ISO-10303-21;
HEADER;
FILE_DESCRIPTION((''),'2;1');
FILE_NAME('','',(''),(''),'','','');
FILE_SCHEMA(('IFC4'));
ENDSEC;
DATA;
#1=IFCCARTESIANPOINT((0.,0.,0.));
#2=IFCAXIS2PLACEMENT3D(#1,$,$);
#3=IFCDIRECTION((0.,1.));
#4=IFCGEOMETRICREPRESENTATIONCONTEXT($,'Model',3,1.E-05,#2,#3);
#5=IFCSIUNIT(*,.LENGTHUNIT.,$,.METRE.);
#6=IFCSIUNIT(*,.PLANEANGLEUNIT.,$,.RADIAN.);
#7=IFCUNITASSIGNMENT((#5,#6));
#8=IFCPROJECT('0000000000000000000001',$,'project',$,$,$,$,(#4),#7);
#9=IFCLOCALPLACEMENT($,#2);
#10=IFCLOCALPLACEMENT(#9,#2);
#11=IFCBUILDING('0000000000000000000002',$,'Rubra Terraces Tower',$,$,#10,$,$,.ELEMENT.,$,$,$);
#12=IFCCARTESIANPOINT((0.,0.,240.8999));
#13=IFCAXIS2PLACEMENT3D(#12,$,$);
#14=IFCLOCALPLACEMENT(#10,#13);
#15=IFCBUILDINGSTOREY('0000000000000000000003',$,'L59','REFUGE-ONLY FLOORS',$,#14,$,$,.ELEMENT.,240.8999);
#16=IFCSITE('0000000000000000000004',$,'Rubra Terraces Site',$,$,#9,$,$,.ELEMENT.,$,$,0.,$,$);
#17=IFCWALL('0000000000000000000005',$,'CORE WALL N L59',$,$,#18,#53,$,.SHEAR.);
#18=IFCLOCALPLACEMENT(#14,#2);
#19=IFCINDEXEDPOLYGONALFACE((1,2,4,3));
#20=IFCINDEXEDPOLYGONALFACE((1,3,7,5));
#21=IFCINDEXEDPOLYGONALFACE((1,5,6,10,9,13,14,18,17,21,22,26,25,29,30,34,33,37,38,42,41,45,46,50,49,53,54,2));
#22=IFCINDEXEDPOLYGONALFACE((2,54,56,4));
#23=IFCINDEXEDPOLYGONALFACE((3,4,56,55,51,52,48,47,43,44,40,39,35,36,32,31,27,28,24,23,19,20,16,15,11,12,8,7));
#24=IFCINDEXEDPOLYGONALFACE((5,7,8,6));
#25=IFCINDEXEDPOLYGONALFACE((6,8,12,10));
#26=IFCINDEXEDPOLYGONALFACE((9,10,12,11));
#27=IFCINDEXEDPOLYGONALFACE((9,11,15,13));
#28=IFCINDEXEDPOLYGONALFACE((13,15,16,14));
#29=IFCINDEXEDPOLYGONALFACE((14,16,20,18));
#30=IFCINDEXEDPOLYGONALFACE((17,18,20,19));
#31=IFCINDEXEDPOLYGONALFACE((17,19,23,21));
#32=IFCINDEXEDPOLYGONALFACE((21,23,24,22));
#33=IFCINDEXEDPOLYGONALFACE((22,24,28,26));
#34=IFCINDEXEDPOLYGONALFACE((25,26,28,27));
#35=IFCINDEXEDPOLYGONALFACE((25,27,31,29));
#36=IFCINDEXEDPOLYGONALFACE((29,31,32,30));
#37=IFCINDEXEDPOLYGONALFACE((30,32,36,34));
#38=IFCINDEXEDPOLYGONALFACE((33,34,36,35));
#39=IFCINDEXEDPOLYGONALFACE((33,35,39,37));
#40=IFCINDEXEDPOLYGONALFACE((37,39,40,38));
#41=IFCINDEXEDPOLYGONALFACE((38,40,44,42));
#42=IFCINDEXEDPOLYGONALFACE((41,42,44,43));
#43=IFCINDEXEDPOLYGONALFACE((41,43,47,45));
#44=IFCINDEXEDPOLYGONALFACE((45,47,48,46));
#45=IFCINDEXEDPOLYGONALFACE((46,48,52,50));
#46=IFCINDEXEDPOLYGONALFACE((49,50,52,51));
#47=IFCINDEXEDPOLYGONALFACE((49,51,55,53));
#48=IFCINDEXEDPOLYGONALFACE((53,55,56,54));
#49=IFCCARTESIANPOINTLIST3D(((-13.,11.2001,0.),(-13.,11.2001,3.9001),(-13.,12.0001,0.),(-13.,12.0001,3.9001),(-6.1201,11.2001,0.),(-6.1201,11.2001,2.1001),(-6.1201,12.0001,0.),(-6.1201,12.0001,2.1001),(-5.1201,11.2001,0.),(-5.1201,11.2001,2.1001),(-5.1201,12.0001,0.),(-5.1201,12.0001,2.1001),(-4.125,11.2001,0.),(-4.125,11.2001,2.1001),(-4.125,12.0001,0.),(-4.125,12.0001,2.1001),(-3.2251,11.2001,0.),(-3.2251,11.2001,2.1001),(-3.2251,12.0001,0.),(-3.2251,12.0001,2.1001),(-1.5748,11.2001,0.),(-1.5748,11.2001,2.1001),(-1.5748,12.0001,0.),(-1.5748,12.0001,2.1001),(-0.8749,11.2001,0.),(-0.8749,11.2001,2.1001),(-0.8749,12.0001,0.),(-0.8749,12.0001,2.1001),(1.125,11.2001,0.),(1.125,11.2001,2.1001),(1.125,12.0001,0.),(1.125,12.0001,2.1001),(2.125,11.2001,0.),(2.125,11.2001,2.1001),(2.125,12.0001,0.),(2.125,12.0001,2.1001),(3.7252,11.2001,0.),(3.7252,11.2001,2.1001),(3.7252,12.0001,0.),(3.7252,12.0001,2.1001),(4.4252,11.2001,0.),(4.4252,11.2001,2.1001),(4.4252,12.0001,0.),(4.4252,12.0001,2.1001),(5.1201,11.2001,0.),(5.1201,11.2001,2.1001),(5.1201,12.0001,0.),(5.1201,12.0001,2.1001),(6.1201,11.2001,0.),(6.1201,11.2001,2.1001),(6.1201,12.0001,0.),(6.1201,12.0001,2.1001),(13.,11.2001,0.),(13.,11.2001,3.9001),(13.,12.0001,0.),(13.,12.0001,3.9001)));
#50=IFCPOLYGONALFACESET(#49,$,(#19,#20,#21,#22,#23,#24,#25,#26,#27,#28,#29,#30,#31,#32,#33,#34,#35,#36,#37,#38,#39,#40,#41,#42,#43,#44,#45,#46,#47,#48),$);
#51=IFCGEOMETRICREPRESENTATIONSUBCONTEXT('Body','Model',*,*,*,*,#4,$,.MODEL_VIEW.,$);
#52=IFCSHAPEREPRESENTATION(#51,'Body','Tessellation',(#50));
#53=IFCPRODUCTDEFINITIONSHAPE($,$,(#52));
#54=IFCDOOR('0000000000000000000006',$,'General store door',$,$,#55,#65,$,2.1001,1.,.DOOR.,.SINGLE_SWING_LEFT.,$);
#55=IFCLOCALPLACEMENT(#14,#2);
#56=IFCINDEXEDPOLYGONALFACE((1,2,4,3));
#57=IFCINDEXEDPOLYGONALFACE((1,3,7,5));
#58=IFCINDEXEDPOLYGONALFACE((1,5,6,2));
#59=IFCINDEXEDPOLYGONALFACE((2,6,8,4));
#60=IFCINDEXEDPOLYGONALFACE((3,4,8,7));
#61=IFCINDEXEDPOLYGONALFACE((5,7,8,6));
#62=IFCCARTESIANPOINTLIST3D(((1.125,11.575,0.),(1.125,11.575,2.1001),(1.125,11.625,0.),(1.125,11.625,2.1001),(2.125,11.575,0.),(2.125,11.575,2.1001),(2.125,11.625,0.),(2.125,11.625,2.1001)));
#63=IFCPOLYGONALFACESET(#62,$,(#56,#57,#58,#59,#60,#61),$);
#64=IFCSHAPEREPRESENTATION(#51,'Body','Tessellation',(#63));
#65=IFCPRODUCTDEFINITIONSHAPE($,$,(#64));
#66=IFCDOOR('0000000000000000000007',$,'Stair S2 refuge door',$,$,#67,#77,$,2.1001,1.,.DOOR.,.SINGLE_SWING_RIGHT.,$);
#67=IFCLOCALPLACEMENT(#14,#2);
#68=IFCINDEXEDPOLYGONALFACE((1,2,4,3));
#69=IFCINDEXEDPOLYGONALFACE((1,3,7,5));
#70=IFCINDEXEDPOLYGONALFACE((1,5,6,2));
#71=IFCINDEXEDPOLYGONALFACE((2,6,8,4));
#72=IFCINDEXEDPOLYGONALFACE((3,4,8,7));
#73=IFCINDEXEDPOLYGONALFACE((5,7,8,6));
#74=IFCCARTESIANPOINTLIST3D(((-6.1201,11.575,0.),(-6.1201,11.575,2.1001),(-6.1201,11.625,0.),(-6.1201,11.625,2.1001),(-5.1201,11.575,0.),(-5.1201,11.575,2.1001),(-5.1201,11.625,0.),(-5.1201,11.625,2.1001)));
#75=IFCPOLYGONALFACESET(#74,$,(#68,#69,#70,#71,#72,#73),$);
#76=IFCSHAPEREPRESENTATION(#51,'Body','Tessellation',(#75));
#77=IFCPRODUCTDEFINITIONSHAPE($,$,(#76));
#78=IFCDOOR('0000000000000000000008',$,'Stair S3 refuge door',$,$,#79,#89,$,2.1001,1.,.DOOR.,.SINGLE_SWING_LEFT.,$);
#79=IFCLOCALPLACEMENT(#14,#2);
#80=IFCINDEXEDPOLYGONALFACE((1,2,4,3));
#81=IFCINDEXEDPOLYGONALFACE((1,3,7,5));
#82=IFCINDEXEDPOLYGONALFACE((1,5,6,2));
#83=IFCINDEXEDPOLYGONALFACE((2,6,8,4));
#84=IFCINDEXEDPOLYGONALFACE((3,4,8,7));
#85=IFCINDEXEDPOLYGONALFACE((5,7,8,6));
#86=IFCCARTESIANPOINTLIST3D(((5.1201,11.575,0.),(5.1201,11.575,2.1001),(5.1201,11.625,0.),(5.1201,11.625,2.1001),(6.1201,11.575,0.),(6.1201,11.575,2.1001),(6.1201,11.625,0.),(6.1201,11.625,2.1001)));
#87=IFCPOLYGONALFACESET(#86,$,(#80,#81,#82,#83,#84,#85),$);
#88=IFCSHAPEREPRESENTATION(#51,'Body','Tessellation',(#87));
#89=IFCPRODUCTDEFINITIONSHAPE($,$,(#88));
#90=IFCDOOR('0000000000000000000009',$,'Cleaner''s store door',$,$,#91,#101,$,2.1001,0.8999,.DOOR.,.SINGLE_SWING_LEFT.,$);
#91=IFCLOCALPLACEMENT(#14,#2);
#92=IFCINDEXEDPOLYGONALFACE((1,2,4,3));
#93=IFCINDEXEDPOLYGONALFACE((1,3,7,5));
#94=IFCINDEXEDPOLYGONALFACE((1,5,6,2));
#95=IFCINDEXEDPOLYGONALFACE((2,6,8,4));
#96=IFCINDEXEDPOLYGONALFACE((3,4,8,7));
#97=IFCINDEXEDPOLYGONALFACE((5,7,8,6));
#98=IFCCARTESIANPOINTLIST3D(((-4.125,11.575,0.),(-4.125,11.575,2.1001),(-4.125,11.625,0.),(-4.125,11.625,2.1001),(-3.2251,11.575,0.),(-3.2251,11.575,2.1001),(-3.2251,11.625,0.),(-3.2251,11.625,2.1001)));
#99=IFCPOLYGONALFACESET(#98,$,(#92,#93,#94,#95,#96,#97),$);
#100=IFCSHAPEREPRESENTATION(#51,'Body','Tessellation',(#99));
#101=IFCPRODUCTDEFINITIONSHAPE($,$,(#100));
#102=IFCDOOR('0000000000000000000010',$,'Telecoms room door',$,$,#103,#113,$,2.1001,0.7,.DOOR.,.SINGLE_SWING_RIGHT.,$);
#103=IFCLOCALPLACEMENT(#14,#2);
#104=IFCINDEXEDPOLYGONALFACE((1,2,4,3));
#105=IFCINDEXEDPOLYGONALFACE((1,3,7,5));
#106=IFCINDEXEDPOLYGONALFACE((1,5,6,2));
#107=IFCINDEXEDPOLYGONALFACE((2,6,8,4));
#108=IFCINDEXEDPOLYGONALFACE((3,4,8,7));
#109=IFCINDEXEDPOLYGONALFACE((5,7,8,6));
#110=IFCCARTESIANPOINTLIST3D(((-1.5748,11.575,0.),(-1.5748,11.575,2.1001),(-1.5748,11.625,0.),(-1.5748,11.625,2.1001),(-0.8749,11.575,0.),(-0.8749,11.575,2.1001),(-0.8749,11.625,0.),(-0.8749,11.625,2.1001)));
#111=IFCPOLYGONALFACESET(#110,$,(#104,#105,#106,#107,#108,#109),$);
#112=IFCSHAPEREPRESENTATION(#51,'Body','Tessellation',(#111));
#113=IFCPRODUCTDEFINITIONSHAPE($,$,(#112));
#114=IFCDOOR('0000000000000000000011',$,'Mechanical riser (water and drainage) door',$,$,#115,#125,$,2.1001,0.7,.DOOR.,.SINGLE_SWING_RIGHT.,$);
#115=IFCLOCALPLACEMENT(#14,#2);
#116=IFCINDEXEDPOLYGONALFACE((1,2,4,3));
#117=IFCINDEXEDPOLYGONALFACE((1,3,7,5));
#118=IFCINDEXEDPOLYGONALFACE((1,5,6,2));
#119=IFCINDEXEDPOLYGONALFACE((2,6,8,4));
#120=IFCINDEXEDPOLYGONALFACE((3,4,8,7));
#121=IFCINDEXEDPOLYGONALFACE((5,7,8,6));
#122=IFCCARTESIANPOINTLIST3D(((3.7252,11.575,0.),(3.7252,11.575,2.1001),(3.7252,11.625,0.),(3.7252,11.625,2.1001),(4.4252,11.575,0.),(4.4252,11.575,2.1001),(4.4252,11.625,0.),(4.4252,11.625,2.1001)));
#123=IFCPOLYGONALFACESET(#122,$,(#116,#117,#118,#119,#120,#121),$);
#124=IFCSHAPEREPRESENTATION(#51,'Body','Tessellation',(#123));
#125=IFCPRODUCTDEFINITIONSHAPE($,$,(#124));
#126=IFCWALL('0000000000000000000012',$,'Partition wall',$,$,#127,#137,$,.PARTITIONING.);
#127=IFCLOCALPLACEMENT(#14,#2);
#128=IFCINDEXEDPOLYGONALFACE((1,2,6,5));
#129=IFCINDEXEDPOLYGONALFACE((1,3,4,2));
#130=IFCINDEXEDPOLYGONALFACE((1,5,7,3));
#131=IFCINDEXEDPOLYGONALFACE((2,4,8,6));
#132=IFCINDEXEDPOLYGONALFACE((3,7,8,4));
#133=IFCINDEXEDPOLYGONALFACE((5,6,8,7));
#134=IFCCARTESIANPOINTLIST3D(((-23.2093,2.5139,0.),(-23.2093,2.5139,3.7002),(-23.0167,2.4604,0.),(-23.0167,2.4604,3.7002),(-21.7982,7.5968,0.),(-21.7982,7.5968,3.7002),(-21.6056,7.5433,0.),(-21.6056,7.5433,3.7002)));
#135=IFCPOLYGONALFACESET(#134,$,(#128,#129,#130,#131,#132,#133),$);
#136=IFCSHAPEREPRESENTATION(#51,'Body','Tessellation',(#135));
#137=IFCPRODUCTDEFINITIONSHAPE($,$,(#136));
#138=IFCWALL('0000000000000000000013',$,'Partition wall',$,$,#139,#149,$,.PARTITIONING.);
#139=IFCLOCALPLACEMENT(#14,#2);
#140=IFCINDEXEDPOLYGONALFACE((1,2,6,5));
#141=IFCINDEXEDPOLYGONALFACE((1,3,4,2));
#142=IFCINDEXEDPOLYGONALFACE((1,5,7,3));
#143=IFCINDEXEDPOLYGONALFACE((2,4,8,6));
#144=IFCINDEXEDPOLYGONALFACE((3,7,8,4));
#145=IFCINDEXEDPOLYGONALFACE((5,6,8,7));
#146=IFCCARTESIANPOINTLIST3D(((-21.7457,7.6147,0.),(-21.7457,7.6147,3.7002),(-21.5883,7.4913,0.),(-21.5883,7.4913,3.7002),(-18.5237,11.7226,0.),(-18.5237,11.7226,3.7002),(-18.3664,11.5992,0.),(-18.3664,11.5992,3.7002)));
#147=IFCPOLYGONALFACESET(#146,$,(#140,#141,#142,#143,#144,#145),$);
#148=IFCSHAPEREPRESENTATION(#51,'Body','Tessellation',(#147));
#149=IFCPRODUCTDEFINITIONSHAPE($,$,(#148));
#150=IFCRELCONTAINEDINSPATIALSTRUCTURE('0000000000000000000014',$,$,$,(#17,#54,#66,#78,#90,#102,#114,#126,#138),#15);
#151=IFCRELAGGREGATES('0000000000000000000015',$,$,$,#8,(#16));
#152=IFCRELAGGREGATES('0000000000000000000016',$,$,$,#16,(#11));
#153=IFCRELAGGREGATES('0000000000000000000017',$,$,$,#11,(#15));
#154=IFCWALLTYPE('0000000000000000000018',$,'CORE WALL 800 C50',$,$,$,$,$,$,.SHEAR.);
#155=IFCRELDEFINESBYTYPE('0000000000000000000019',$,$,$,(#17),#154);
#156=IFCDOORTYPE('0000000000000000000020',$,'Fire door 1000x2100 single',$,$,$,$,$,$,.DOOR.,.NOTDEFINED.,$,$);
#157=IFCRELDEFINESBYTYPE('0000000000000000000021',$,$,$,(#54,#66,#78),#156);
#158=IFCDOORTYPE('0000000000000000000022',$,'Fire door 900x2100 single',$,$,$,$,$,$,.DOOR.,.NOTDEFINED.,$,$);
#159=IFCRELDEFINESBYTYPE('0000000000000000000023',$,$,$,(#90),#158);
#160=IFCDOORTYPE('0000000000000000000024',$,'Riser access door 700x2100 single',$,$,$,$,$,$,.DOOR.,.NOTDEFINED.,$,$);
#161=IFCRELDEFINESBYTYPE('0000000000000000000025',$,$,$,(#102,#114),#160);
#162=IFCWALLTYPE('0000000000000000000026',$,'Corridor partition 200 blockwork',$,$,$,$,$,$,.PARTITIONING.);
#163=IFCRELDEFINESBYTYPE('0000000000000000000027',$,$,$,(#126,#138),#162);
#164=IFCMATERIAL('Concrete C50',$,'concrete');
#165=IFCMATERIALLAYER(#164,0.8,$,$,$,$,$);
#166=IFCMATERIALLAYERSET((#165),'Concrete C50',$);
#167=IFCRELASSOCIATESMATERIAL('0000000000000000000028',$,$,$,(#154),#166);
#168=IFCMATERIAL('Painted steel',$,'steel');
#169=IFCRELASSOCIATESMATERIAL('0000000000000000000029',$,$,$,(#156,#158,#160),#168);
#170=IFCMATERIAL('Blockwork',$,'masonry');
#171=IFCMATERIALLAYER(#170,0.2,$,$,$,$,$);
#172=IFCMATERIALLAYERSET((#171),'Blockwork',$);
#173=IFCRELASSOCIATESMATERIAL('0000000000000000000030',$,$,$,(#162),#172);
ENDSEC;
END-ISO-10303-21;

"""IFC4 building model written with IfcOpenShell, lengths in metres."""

from ifc_helpers import new_model, si_unit, direction, frame, frame_2d, origin, place, context, subcontext, project, spatial, rectangle, extrude, material, layer, layer_set, type_object, element, fill, save


model = new_model("IFC4")

# Units and contexts
model_context = context("Model", 3, precision=1e-05, world=origin(), true_north=direction((0.0, 1.0)))
body_context = subcontext(model_context, "Body", "Model", "MODEL_VIEW")
ifc_project = project(units=[si_unit("LENGTHUNIT", "METRE"), si_unit("PLANEANGLEUNIT", "RADIAN")], contexts=[model_context])

# Site, building, storey
site_placement = place(None, origin())
site = spatial("IfcSite", under=ifc_project, at=site_placement, Name="Rubra Terraces Site", CompositionType="ELEMENT", RefElevation=0.0)
building_placement = place(site_placement, origin())
building = spatial("IfcBuilding", under=site, at=building_placement, Name="Rubra Terraces Tower", CompositionType="ELEMENT")
storey_placement = place(building_placement, frame((0.0, 0.0, 240.8999)))
storey = spatial("IfcBuildingStorey", under=building, at=storey_placement, Name="L59", Description="REFUGE-ONLY FLOORS", CompositionType="ELEMENT", Elevation=240.8999)

# Shared definitions
ifc_material_1 = material(Name="Concrete C50", Category="concrete")

# Wall, openings, doors
ifc_layer_1 = layer(ifc_material_1, 0.8)
ifc_layer_set_1 = layer_set([ifc_layer_1], Name="Concrete C50")
wall_type_1 = type_object("IfcWallType", Name="CORE WALL 800 C50", PredefinedType="SHEAR", material=ifc_layer_set_1)
wall_1_placement = place(storey_placement, frame((-13.0, 11.6001, 0.0), z_axis=(0.0, 0.0, 1.0), x_axis=(1.0, 0.0, 0.0)))
wall_1 = element("IfcWall", 1, at=wall_1_placement, inside=storey, type_object=wall_type_1, Name="CORE WALL N L59", PredefinedType="SHEAR", context=body_context, shape_type="SweptSolid", body=[
    extrude(rectangle(XDim=26.0, YDim=0.8, at=frame_2d((13.0, 0.0))), origin(), (0.0, 0.0, 1.0), 3.9001),
])
opening_1_placement = place(wall_1_placement, frame((8.875, 0.0, 0.0)))
opening_1 = element("IfcOpeningElement", 2, at=opening_1_placement, cuts=wall_1, PredefinedType="OPENING", context=body_context, shape_type="SweptSolid", body=[
    extrude(rectangle(XDim=0.8999, YDim=2.1001, at=frame_2d((0.45, 1.05))), frame((0.0, 0.4099, 0.0), z_axis=(0.0, -1.0, 0.0), x_axis=(1.0, 0.0, 0.0)), (0.0, 0.0, 1.0), 0.8201),
])
opening_2_placement = place(wall_1_placement, frame((11.425, 0.0, 0.0)))
opening_2 = element("IfcOpeningElement", 3, at=opening_2_placement, cuts=wall_1, PredefinedType="OPENING", context=body_context, shape_type="SweptSolid", body=[
    extrude(rectangle(XDim=0.7, YDim=2.1001, at=frame_2d((0.3501, 1.05))), frame((0.0, 0.4099, 0.0), z_axis=(0.0, -1.0, 0.0), x_axis=(1.0, 0.0, 0.0)), (0.0, 0.0, 1.0), 0.8201),
])
opening_3_placement = place(wall_1_placement, frame((14.125, 0.0, 0.0)))
opening_3 = element("IfcOpeningElement", 4, at=opening_3_placement, cuts=wall_1, PredefinedType="OPENING", context=body_context, shape_type="SweptSolid", body=[
    extrude(rectangle(XDim=1.0, YDim=2.1001, at=frame_2d((0.5, 1.05))), frame((0.0, 0.4099, 0.0), z_axis=(0.0, -1.0, 0.0), x_axis=(1.0, 0.0, 0.0)), (0.0, 0.0, 1.0), 0.8201),
])
opening_4_placement = place(wall_1_placement, frame((16.7251, 0.0, 0.0)))
opening_4 = element("IfcOpeningElement", 5, at=opening_4_placement, cuts=wall_1, PredefinedType="OPENING", context=body_context, shape_type="SweptSolid", body=[
    extrude(rectangle(XDim=0.7, YDim=2.1001, at=frame_2d((0.3501, 1.05))), frame((0.0, 0.4099, 0.0), z_axis=(0.0, -1.0, 0.0), x_axis=(1.0, 0.0, 0.0)), (0.0, 0.0, 1.0), 0.8201),
])
opening_5_placement = place(wall_1_placement, frame((6.8799, 0.0, 0.0)))
opening_5 = element("IfcOpeningElement", 6, at=opening_5_placement, cuts=wall_1, PredefinedType="OPENING", context=body_context, shape_type="SweptSolid", body=[
    extrude(rectangle(XDim=1.0, YDim=2.1001, at=frame_2d((0.5, 1.05))), frame((0.0, 0.4099, 0.0), z_axis=(0.0, -1.0, 0.0), x_axis=(1.0, 0.0, 0.0)), (0.0, 0.0, 1.0), 0.8201),
])
opening_6_placement = place(wall_1_placement, frame((18.1201, 0.0, 0.0)))
opening_6 = element("IfcOpeningElement", 7, at=opening_6_placement, cuts=wall_1, PredefinedType="OPENING", context=body_context, shape_type="SweptSolid", body=[
    extrude(rectangle(XDim=1.0, YDim=2.1001, at=frame_2d((0.5, 1.05))), frame((0.0, 0.4099, 0.0), z_axis=(0.0, -1.0, 0.0), x_axis=(1.0, 0.0, 0.0)), (0.0, 0.0, 1.0), 0.8201),
])
ifc_material_2 = material(Name="Painted steel", Category="steel")
door_type_1 = type_object("IfcDoorType", Name="Fire door 1000x2100 single", OperationType="NOTDEFINED", PredefinedType="DOOR", material=ifc_material_2)
door_1_placement = place(opening_3_placement, origin())
door_1 = element("IfcDoor", 8, at=door_1_placement, inside=storey, type_object=door_type_1, Name="General store door", OperationType="SINGLE_SWING_LEFT", OverallHeight=2.1001, OverallWidth=1.0, PredefinedType="DOOR", context=body_context, shape_type="SweptSolid", body=[
    extrude(rectangle(XDim=1.0, YDim=2.1001, at=frame_2d((0.5, 1.05))), frame((0.0, 0.0249, 0.0), z_axis=(0.0, -1.0, 0.0), x_axis=(1.0, 0.0, 0.0)), (0.0, 0.0, 1.0), 0.05),
])
fill(opening_3, door_1)
door_2_placement = place(opening_5_placement, origin())
door_2 = element("IfcDoor", 9, at=door_2_placement, inside=storey, type_object=door_type_1, Name="Stair S2 refuge door", OperationType="SINGLE_SWING_RIGHT", OverallHeight=2.1001, OverallWidth=1.0, PredefinedType="DOOR", context=body_context, shape_type="SweptSolid", body=[
    extrude(rectangle(XDim=1.0, YDim=2.1001, at=frame_2d((0.5, 1.05))), frame((0.0, 0.0249, 0.0), z_axis=(0.0, -1.0, 0.0), x_axis=(1.0, 0.0, 0.0)), (0.0, 0.0, 1.0), 0.05),
])
fill(opening_5, door_2)
door_3_placement = place(opening_6_placement, origin())
door_3 = element("IfcDoor", 10, at=door_3_placement, inside=storey, type_object=door_type_1, Name="Stair S3 refuge door", OperationType="SINGLE_SWING_LEFT", OverallHeight=2.1001, OverallWidth=1.0, PredefinedType="DOOR", context=body_context, shape_type="SweptSolid", body=[
    extrude(rectangle(XDim=1.0, YDim=2.1001, at=frame_2d((0.5, 1.05))), frame((0.0, 0.0249, 0.0), z_axis=(0.0, -1.0, 0.0), x_axis=(1.0, 0.0, 0.0)), (0.0, 0.0, 1.0), 0.05),
])
fill(opening_6, door_3)
door_type_2 = type_object("IfcDoorType", Name="Fire door 900x2100 single", OperationType="NOTDEFINED", PredefinedType="DOOR", material=ifc_material_2)
door_4_placement = place(opening_1_placement, origin())
door_4 = element("IfcDoor", 11, at=door_4_placement, inside=storey, type_object=door_type_2, Name="Cleaner's store door", OperationType="SINGLE_SWING_LEFT", OverallHeight=2.1001, OverallWidth=0.8999, PredefinedType="DOOR", context=body_context, shape_type="SweptSolid", body=[
    extrude(rectangle(XDim=0.8999, YDim=2.1001, at=frame_2d((0.45, 1.05))), frame((0.0, 0.0249, 0.0), z_axis=(0.0, -1.0, 0.0), x_axis=(1.0, 0.0, 0.0)), (0.0, 0.0, 1.0), 0.05),
])
fill(opening_1, door_4)
door_type_3 = type_object("IfcDoorType", Name="Riser access door 700x2100 single", OperationType="NOTDEFINED", PredefinedType="DOOR", material=ifc_material_2)
door_5_placement = place(opening_2_placement, origin())
door_5 = element("IfcDoor", 12, at=door_5_placement, inside=storey, type_object=door_type_3, Name="Telecoms room door", OperationType="SINGLE_SWING_RIGHT", OverallHeight=2.1001, OverallWidth=0.7, PredefinedType="DOOR", context=body_context, shape_type="SweptSolid", body=[
    extrude(rectangle(XDim=0.7, YDim=2.1001, at=frame_2d((0.3501, 1.05))), frame((0.0, 0.0249, 0.0), z_axis=(0.0, -1.0, 0.0), x_axis=(1.0, 0.0, 0.0)), (0.0, 0.0, 1.0), 0.05),
])
fill(opening_2, door_5)
door_6_placement = place(opening_4_placement, origin())
door_6 = element("IfcDoor", 13, at=door_6_placement, inside=storey, type_object=door_type_3, Name="Mechanical riser (water and drainage) door", OperationType="SINGLE_SWING_RIGHT", OverallHeight=2.1001, OverallWidth=0.7, PredefinedType="DOOR", context=body_context, shape_type="SweptSolid", body=[
    extrude(rectangle(XDim=0.7, YDim=2.1001, at=frame_2d((0.3501, 1.05))), frame((0.0, 0.0249, 0.0), z_axis=(0.0, -1.0, 0.0), x_axis=(1.0, 0.0, 0.0)), (0.0, 0.0, 1.0), 0.05),
])
fill(opening_4, door_6)

# Walls
ifc_material_3 = material(Name="Blockwork", Category="masonry")
ifc_layer_2 = layer(ifc_material_3, 0.2)
ifc_layer_set_2 = layer_set([ifc_layer_2], Name="Blockwork")
wall_type_2 = type_object("IfcWallType", Name="Corridor partition 200 blockwork", PredefinedType="PARTITIONING", material=ifc_layer_set_2)
wall_2_placement = place(storey_placement, frame((-23.113, 2.4871, 0.0), z_axis=(0.0, 0.0, 1.0), x_axis=(0.267501, 0.963558, 0.0)))
element("IfcWall", 14, at=wall_2_placement, inside=storey, type_object=wall_type_2, Name="Partition wall", PredefinedType="PARTITIONING", context=body_context, shape_type="SweptSolid", body=[
    extrude(rectangle(XDim=5.2751, YDim=0.2, at=frame_2d((2.6377, 0.0))), origin(), (0.0, 0.0, 1.0), 3.7002),
])
wall_3_placement = place(storey_placement, frame((-21.667, 7.553, 0.0), z_axis=(0.0, 0.0, 1.0), x_axis=(0.617144, 0.78685, 0.0)))
element("IfcWall", 15, at=wall_3_placement, inside=storey, type_object=wall_type_2, Name="Partition wall", PredefinedType="PARTITIONING", context=body_context, shape_type="SweptSolid", body=[
    extrude(rectangle(XDim=5.2207, YDim=0.2, at=frame_2d((2.6104, 0.0))), origin(), (0.0, 0.0, 1.0), 3.7002),
])

save(model, "model.ifc")
